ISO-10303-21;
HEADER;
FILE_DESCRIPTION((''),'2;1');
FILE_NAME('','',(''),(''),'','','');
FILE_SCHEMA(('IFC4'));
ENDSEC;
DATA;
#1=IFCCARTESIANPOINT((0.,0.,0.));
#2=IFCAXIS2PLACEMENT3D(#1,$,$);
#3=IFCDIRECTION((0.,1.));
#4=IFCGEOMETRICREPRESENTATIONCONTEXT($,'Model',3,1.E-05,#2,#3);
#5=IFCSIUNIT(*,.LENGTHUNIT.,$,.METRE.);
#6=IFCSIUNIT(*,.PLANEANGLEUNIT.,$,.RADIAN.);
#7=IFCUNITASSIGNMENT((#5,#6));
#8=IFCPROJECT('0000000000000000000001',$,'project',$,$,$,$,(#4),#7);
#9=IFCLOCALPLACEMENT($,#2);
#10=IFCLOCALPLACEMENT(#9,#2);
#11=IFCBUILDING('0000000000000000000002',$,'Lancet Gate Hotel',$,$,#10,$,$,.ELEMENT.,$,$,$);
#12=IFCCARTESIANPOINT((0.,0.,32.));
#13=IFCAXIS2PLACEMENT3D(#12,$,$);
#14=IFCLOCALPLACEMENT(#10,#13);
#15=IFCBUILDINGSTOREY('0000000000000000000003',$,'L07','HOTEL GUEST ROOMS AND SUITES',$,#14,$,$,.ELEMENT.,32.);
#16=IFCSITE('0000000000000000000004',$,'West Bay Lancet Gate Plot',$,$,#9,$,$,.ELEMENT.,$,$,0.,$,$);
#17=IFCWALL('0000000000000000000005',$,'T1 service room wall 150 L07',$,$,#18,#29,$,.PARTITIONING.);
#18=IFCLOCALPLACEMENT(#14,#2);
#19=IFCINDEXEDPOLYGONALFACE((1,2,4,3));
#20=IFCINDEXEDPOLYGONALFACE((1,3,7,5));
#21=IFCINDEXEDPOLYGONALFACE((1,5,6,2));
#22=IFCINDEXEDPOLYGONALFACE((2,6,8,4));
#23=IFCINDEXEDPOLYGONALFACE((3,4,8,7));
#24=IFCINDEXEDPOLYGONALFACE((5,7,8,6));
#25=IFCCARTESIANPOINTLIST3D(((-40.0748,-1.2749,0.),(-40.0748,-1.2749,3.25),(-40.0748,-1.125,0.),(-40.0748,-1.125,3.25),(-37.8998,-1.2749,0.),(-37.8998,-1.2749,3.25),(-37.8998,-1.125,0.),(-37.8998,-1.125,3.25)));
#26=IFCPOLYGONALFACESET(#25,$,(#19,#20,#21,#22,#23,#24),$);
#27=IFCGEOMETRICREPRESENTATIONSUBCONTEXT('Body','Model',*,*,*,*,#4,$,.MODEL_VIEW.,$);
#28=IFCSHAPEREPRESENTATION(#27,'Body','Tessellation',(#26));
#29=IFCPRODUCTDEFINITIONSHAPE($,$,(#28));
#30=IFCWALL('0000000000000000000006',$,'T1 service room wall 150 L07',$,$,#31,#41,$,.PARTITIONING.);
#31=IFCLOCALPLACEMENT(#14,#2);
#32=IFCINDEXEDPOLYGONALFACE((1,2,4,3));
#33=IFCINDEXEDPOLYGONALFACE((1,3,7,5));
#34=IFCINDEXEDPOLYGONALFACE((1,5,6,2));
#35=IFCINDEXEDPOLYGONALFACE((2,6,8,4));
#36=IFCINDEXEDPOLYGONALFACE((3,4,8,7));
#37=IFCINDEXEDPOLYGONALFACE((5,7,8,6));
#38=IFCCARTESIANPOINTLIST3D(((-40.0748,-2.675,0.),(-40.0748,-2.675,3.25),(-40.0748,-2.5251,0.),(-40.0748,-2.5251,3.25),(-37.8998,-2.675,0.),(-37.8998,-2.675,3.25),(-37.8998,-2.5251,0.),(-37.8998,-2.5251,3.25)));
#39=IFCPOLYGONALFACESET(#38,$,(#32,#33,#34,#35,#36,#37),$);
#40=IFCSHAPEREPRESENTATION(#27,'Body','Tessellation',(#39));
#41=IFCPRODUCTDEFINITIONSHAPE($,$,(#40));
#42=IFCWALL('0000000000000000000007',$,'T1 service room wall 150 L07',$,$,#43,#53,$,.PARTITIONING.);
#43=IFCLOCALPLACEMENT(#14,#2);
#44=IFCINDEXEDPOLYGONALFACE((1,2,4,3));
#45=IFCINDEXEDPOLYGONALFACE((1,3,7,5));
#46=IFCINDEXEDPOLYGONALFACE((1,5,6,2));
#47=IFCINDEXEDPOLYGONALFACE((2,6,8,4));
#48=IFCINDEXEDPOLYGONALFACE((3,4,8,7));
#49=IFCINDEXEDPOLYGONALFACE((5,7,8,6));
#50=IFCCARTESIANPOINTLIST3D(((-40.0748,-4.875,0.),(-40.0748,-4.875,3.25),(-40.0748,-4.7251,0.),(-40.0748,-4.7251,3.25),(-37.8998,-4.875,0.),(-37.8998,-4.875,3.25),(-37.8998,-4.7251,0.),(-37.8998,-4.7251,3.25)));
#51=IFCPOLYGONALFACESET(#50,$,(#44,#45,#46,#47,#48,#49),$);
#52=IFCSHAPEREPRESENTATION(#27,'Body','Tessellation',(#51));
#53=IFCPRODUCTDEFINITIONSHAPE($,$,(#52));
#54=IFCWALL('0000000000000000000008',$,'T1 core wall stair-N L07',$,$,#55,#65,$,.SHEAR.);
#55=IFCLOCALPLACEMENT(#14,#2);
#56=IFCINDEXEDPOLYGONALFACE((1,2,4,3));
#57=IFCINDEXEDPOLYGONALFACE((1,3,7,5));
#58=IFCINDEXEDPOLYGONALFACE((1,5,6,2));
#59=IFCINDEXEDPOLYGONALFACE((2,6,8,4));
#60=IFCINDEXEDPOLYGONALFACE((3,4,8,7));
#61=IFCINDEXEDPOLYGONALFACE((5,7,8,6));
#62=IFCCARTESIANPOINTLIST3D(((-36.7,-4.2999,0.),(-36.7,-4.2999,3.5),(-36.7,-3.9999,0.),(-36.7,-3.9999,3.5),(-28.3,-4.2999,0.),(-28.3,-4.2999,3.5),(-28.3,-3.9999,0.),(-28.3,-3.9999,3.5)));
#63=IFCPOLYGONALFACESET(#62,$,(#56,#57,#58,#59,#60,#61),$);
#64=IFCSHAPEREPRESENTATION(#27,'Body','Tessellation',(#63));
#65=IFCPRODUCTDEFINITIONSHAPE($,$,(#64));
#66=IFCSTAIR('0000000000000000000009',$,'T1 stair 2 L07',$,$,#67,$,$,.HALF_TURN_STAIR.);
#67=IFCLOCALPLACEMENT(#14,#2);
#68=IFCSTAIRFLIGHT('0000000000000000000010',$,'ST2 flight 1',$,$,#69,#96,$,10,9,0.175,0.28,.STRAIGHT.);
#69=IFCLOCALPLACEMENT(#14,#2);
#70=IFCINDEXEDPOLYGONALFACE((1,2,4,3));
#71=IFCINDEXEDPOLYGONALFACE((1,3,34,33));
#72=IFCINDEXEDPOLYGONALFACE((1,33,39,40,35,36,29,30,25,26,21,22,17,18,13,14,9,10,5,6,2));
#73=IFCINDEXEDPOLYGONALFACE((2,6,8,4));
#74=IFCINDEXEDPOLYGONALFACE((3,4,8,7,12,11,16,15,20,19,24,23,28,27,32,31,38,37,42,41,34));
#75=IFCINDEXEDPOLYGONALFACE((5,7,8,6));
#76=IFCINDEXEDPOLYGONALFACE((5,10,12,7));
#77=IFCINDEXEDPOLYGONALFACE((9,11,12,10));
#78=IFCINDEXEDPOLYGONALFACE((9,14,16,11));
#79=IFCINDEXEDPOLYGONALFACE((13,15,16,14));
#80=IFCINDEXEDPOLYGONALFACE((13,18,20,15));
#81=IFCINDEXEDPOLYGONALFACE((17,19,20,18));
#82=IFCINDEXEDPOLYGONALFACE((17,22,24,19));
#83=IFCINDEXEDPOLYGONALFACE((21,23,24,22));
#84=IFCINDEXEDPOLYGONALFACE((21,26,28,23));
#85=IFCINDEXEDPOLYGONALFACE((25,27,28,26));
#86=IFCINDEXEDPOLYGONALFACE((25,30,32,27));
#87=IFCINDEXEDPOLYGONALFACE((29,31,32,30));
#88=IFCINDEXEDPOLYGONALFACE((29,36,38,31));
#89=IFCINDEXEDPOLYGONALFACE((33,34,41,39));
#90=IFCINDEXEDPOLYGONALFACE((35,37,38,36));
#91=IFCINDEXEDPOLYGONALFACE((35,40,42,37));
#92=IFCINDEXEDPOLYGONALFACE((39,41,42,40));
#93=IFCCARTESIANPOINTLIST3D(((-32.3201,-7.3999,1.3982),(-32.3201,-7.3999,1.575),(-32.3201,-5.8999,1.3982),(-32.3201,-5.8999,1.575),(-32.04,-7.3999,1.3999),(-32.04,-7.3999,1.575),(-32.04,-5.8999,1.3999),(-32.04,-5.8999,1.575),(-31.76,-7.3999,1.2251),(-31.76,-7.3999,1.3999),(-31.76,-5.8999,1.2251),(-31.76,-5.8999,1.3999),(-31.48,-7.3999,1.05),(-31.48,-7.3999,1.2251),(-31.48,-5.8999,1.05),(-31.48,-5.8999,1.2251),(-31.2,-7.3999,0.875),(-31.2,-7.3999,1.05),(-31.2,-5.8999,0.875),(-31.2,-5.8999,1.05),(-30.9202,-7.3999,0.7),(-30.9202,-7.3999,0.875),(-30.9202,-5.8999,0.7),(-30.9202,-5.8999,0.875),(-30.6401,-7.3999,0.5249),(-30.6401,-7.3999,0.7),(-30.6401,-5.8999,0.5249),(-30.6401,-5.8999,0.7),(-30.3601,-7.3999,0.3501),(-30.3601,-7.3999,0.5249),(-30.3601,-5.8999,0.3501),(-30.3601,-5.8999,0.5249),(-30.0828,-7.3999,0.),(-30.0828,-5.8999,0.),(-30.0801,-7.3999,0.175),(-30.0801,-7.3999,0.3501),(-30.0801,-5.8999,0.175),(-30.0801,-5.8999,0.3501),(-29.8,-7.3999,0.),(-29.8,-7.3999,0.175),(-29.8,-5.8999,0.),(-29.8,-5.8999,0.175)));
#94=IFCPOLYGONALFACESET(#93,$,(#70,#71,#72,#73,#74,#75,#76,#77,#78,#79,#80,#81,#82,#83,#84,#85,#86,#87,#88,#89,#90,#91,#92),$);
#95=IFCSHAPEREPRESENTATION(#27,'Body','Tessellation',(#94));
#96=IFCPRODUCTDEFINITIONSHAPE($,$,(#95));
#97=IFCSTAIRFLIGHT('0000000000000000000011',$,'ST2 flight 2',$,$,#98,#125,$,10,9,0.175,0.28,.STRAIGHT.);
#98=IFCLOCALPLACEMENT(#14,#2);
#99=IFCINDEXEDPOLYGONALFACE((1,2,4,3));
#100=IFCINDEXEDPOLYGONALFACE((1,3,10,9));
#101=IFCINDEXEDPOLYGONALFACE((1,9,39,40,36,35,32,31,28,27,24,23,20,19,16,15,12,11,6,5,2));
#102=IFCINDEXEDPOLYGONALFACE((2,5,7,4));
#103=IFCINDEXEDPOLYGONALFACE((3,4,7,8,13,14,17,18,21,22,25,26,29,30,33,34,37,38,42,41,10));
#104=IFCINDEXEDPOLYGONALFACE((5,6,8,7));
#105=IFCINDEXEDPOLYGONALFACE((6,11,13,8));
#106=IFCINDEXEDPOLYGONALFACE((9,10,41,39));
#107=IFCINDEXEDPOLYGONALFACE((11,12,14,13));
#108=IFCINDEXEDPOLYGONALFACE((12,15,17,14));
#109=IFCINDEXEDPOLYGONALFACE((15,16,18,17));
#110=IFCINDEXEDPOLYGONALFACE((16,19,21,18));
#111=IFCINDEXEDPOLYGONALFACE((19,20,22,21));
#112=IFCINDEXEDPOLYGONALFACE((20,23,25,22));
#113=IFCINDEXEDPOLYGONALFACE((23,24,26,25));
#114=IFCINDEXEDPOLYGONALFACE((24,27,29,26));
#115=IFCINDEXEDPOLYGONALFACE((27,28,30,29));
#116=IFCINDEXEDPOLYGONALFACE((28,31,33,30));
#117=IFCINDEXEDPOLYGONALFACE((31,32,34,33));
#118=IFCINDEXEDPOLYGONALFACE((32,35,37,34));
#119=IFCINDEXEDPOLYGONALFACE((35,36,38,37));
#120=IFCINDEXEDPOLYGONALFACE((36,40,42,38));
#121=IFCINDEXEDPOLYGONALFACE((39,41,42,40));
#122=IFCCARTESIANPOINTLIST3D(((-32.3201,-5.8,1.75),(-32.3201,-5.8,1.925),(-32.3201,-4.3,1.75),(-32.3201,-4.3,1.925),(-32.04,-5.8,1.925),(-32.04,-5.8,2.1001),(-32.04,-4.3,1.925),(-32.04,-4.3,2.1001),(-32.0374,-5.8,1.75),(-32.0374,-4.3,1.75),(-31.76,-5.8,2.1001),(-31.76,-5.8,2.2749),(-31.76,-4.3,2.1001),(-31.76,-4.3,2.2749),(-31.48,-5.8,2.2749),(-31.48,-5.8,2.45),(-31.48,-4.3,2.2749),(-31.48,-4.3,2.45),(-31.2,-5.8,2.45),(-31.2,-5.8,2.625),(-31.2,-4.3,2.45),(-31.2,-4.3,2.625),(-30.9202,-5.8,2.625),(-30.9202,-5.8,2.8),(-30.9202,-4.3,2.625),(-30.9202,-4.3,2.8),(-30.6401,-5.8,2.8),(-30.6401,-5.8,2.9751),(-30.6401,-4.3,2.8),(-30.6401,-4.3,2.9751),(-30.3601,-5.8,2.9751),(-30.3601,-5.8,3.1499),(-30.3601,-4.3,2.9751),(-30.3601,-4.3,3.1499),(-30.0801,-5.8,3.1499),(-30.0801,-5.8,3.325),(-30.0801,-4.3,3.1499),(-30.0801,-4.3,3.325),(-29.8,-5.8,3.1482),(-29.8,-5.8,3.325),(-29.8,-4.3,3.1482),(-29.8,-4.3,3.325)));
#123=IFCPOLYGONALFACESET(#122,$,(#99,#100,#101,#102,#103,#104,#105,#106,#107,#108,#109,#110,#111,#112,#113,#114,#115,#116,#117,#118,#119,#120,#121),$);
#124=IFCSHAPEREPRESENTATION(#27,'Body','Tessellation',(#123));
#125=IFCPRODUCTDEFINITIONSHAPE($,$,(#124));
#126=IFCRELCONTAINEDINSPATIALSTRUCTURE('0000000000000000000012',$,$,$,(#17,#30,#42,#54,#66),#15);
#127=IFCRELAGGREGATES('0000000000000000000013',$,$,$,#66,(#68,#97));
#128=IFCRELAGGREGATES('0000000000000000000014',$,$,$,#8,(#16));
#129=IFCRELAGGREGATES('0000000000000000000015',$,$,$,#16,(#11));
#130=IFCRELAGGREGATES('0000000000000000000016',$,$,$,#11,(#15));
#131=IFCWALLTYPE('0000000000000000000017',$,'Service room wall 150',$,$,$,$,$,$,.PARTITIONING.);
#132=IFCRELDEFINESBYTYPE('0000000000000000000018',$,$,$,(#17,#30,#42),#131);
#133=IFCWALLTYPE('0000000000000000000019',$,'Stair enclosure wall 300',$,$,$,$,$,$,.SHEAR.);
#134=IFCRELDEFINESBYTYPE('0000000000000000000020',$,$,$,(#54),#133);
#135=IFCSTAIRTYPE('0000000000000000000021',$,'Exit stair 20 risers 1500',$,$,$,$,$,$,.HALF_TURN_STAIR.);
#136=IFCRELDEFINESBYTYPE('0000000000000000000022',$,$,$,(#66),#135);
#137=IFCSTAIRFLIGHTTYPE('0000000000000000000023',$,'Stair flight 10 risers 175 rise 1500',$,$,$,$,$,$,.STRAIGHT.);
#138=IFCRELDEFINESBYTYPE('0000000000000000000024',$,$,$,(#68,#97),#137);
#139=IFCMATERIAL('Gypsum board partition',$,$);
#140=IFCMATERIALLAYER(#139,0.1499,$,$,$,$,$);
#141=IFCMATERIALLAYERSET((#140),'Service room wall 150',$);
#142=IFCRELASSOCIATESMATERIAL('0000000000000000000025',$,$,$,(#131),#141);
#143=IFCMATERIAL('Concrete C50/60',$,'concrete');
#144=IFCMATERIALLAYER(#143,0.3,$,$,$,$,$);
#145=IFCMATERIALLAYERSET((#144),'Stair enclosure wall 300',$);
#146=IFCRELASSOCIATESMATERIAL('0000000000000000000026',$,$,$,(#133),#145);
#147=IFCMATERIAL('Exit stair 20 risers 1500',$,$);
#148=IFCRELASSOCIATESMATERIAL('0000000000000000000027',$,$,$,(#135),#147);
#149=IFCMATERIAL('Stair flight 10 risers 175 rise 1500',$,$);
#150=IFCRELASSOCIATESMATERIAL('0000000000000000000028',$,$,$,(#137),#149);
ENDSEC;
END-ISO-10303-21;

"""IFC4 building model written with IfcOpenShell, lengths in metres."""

from ifc_helpers import new_model, si_unit, direction, frame, frame_2d, origin, place, context, subcontext, project, spatial, polyline, rectangle, outline, extrude, material, layer, layer_set, type_object, element, aggregate, save


model = new_model("IFC4")

# Units and contexts
model_context = context("Model", 3, precision=1e-05, world=origin(), true_north=direction((0.0, 1.0)))
body_context = subcontext(model_context, "Body", "Model", "MODEL_VIEW")
ifc_project = project(units=[si_unit("LENGTHUNIT", "METRE"), si_unit("PLANEANGLEUNIT", "RADIAN")], contexts=[model_context])

# Site, building, storey
site_placement = place(None, origin())
site = spatial("IfcSite", under=ifc_project, at=site_placement, Name="West Bay Lancet Gate Plot", CompositionType="ELEMENT", RefElevation=0.0)
building_placement = place(site_placement, origin())
building = spatial("IfcBuilding", under=site, at=building_placement, Name="Lancet Gate Hotel", CompositionType="ELEMENT")
storey_placement = place(building_placement, frame((0.0, 0.0, 32.0)))
storey = spatial("IfcBuildingStorey", under=building, at=storey_placement, Name="L07", Description="HOTEL GUEST ROOMS AND SUITES", CompositionType="ELEMENT", Elevation=32.0)

# Walls
ifc_material_1 = material(Name="Gypsum board partition")
ifc_layer_1 = layer(ifc_material_1, 0.1499)
ifc_layer_set_1 = layer_set([ifc_layer_1], Name="Service room wall 150")
wall_type_1 = type_object("IfcWallType", Name="Service room wall 150", PredefinedType="PARTITIONING", material=ifc_layer_set_1)
for number, where, z_axis, x_axis, name in (
    (1, (-37.8999, -1.2, 0.0), (0.0, 0.0, 1.0), (-1.0, 0.0, 0.0), "T1 service room wall 150 L07"),
    (2, (-37.8999, -2.6001, 0.0), (0.0, 0.0, 1.0), (-1.0, 0.0, 0.0), "T1 service room wall 150 L07"),
    (3, (-37.8999, -4.8, 0.0), (0.0, 0.0, 1.0), (-1.0, 0.0, 0.0), "T1 service room wall 150 L07"),
):
    element("IfcWall", number, at=place(storey_placement, frame(where, z_axis=z_axis, x_axis=x_axis)), inside=storey, type_object=wall_type_1, Name=name, PredefinedType="PARTITIONING", context=body_context, shape_type="SweptSolid", body=[
        extrude(rectangle(XDim=2.175, YDim=0.1499, at=frame_2d((1.0874, 0.0))), origin(), (0.0, 0.0, 1.0), 3.25),
    ])
ifc_material_2 = material(Name="Concrete C50/60", Category="concrete")
ifc_layer_2 = layer(ifc_material_2, 0.3)
ifc_layer_set_2 = layer_set([ifc_layer_2], Name="Stair enclosure wall 300")
wall_type_2 = type_object("IfcWallType", Name="Stair enclosure wall 300", PredefinedType="SHEAR", material=ifc_layer_set_2)
wall_1_placement = place(storey_placement, frame((-28.3, -4.1499, 0.0), z_axis=(0.0, 0.0, 1.0), x_axis=(-1.0, 0.0, 0.0)))
element("IfcWall", 4, at=wall_1_placement, inside=storey, type_object=wall_type_2, Name="T1 core wall stair-N L07", PredefinedType="SHEAR", context=body_context, shape_type="SweptSolid", body=[
    extrude(rectangle(XDim=8.3999, YDim=0.3, at=frame_2d((4.2, 0.0))), origin(), (0.0, 0.0, 1.0), 3.5),
])

# Stair, stair flights
ifc_material_3 = material(Name="Exit stair 20 risers 1500")
stair_type = type_object("IfcStairType", Name="Exit stair 20 risers 1500", PredefinedType="HALF_TURN_STAIR", material=ifc_material_3)
stair_placement = place(storey_placement, origin())
stair = element("IfcStair", 5, at=stair_placement, inside=storey, type_object=stair_type, Name="T1 stair 2 L07", PredefinedType="HALF_TURN_STAIR")
ifc_material_4 = material(Name="Stair flight 10 risers 175 rise 1500")
stair_flight_type = type_object("IfcStairFlightType", Name="Stair flight 10 risers 175 rise 1500", PredefinedType="STRAIGHT", material=ifc_material_4)
stair_flight_1_placement = place(storey_placement, frame((-29.8, -6.6499, 0.0), z_axis=(0.0, 0.0, 1.0), x_axis=(-1.0, 0.0, 0.0)))
stair_flight_1 = element("IfcStairFlight", 6, at=stair_flight_1_placement, type_object=stair_flight_type, Name="ST2 flight 1", NumberOfRisers=10, NumberOfTreads=9, PredefinedType="STRAIGHT", RiserHeight=0.175, TreadLength=0.28, context=body_context, shape_type="SweptSolid", body=[
    extrude(outline(polyline([(0.0, 0.0), (0.0, 0.175), (0.28, 0.175), (0.28, 0.3501), (0.5601, 0.3501), (0.5601, 0.5249), (0.8401, 0.5249), (0.8401, 0.7), (1.1201, 0.7), (1.1201, 0.875), (1.3999, 0.875), (1.3999, 1.05), (1.6799, 1.05), (1.6799, 1.2251), (1.96, 1.2251), (1.96, 1.3999), (2.24, 1.3999), (2.24, 1.575), (2.52, 1.575), (2.52, 1.75), (2.52, 1.3982), (0.2827, 0.0), (0.0, 0.0)])), frame((0.0, 0.75, 0.0), z_axis=(0.0, -1.0, 0.0), x_axis=(1.0, 0.0, 0.0)), (0.0, 0.0, 1.0), 1.5),
])
stair_flight_2_placement = place(storey_placement, frame((-32.3201, -5.05, 1.75), z_axis=(0.0, 0.0, 1.0), x_axis=(1.0, 0.0, 0.0)))
stair_flight_2 = element("IfcStairFlight", 7, at=stair_flight_2_placement, type_object=stair_flight_type, Name="ST2 flight 2", NumberOfRisers=10, NumberOfTreads=9, PredefinedType="STRAIGHT", RiserHeight=0.175, TreadLength=0.28, context=body_context, shape_type="SweptSolid", body=[
    extrude(outline(polyline([(0.0, 0.0), (0.0, 0.175), (0.28, 0.175), (0.28, 0.3501), (0.5601, 0.3501), (0.5601, 0.5249), (0.8401, 0.5249), (0.8401, 0.7), (1.1201, 0.7), (1.1201, 0.875), (1.3999, 0.875), (1.3999, 1.05), (1.6799, 1.05), (1.6799, 1.2251), (1.96, 1.2251), (1.96, 1.3999), (2.24, 1.3999), (2.24, 1.575), (2.52, 1.575), (2.52, 1.75), (2.52, 1.3982), (0.2827, 0.0), (0.0, 0.0)])), frame((0.0, 0.75, 0.0), z_axis=(0.0, -1.0, 0.0), x_axis=(1.0, 0.0, 0.0)), (0.0, 0.0, 1.0), 1.5),
])
aggregate(stair, [stair_flight_1, stair_flight_2])

save(model, "model.ifc")
